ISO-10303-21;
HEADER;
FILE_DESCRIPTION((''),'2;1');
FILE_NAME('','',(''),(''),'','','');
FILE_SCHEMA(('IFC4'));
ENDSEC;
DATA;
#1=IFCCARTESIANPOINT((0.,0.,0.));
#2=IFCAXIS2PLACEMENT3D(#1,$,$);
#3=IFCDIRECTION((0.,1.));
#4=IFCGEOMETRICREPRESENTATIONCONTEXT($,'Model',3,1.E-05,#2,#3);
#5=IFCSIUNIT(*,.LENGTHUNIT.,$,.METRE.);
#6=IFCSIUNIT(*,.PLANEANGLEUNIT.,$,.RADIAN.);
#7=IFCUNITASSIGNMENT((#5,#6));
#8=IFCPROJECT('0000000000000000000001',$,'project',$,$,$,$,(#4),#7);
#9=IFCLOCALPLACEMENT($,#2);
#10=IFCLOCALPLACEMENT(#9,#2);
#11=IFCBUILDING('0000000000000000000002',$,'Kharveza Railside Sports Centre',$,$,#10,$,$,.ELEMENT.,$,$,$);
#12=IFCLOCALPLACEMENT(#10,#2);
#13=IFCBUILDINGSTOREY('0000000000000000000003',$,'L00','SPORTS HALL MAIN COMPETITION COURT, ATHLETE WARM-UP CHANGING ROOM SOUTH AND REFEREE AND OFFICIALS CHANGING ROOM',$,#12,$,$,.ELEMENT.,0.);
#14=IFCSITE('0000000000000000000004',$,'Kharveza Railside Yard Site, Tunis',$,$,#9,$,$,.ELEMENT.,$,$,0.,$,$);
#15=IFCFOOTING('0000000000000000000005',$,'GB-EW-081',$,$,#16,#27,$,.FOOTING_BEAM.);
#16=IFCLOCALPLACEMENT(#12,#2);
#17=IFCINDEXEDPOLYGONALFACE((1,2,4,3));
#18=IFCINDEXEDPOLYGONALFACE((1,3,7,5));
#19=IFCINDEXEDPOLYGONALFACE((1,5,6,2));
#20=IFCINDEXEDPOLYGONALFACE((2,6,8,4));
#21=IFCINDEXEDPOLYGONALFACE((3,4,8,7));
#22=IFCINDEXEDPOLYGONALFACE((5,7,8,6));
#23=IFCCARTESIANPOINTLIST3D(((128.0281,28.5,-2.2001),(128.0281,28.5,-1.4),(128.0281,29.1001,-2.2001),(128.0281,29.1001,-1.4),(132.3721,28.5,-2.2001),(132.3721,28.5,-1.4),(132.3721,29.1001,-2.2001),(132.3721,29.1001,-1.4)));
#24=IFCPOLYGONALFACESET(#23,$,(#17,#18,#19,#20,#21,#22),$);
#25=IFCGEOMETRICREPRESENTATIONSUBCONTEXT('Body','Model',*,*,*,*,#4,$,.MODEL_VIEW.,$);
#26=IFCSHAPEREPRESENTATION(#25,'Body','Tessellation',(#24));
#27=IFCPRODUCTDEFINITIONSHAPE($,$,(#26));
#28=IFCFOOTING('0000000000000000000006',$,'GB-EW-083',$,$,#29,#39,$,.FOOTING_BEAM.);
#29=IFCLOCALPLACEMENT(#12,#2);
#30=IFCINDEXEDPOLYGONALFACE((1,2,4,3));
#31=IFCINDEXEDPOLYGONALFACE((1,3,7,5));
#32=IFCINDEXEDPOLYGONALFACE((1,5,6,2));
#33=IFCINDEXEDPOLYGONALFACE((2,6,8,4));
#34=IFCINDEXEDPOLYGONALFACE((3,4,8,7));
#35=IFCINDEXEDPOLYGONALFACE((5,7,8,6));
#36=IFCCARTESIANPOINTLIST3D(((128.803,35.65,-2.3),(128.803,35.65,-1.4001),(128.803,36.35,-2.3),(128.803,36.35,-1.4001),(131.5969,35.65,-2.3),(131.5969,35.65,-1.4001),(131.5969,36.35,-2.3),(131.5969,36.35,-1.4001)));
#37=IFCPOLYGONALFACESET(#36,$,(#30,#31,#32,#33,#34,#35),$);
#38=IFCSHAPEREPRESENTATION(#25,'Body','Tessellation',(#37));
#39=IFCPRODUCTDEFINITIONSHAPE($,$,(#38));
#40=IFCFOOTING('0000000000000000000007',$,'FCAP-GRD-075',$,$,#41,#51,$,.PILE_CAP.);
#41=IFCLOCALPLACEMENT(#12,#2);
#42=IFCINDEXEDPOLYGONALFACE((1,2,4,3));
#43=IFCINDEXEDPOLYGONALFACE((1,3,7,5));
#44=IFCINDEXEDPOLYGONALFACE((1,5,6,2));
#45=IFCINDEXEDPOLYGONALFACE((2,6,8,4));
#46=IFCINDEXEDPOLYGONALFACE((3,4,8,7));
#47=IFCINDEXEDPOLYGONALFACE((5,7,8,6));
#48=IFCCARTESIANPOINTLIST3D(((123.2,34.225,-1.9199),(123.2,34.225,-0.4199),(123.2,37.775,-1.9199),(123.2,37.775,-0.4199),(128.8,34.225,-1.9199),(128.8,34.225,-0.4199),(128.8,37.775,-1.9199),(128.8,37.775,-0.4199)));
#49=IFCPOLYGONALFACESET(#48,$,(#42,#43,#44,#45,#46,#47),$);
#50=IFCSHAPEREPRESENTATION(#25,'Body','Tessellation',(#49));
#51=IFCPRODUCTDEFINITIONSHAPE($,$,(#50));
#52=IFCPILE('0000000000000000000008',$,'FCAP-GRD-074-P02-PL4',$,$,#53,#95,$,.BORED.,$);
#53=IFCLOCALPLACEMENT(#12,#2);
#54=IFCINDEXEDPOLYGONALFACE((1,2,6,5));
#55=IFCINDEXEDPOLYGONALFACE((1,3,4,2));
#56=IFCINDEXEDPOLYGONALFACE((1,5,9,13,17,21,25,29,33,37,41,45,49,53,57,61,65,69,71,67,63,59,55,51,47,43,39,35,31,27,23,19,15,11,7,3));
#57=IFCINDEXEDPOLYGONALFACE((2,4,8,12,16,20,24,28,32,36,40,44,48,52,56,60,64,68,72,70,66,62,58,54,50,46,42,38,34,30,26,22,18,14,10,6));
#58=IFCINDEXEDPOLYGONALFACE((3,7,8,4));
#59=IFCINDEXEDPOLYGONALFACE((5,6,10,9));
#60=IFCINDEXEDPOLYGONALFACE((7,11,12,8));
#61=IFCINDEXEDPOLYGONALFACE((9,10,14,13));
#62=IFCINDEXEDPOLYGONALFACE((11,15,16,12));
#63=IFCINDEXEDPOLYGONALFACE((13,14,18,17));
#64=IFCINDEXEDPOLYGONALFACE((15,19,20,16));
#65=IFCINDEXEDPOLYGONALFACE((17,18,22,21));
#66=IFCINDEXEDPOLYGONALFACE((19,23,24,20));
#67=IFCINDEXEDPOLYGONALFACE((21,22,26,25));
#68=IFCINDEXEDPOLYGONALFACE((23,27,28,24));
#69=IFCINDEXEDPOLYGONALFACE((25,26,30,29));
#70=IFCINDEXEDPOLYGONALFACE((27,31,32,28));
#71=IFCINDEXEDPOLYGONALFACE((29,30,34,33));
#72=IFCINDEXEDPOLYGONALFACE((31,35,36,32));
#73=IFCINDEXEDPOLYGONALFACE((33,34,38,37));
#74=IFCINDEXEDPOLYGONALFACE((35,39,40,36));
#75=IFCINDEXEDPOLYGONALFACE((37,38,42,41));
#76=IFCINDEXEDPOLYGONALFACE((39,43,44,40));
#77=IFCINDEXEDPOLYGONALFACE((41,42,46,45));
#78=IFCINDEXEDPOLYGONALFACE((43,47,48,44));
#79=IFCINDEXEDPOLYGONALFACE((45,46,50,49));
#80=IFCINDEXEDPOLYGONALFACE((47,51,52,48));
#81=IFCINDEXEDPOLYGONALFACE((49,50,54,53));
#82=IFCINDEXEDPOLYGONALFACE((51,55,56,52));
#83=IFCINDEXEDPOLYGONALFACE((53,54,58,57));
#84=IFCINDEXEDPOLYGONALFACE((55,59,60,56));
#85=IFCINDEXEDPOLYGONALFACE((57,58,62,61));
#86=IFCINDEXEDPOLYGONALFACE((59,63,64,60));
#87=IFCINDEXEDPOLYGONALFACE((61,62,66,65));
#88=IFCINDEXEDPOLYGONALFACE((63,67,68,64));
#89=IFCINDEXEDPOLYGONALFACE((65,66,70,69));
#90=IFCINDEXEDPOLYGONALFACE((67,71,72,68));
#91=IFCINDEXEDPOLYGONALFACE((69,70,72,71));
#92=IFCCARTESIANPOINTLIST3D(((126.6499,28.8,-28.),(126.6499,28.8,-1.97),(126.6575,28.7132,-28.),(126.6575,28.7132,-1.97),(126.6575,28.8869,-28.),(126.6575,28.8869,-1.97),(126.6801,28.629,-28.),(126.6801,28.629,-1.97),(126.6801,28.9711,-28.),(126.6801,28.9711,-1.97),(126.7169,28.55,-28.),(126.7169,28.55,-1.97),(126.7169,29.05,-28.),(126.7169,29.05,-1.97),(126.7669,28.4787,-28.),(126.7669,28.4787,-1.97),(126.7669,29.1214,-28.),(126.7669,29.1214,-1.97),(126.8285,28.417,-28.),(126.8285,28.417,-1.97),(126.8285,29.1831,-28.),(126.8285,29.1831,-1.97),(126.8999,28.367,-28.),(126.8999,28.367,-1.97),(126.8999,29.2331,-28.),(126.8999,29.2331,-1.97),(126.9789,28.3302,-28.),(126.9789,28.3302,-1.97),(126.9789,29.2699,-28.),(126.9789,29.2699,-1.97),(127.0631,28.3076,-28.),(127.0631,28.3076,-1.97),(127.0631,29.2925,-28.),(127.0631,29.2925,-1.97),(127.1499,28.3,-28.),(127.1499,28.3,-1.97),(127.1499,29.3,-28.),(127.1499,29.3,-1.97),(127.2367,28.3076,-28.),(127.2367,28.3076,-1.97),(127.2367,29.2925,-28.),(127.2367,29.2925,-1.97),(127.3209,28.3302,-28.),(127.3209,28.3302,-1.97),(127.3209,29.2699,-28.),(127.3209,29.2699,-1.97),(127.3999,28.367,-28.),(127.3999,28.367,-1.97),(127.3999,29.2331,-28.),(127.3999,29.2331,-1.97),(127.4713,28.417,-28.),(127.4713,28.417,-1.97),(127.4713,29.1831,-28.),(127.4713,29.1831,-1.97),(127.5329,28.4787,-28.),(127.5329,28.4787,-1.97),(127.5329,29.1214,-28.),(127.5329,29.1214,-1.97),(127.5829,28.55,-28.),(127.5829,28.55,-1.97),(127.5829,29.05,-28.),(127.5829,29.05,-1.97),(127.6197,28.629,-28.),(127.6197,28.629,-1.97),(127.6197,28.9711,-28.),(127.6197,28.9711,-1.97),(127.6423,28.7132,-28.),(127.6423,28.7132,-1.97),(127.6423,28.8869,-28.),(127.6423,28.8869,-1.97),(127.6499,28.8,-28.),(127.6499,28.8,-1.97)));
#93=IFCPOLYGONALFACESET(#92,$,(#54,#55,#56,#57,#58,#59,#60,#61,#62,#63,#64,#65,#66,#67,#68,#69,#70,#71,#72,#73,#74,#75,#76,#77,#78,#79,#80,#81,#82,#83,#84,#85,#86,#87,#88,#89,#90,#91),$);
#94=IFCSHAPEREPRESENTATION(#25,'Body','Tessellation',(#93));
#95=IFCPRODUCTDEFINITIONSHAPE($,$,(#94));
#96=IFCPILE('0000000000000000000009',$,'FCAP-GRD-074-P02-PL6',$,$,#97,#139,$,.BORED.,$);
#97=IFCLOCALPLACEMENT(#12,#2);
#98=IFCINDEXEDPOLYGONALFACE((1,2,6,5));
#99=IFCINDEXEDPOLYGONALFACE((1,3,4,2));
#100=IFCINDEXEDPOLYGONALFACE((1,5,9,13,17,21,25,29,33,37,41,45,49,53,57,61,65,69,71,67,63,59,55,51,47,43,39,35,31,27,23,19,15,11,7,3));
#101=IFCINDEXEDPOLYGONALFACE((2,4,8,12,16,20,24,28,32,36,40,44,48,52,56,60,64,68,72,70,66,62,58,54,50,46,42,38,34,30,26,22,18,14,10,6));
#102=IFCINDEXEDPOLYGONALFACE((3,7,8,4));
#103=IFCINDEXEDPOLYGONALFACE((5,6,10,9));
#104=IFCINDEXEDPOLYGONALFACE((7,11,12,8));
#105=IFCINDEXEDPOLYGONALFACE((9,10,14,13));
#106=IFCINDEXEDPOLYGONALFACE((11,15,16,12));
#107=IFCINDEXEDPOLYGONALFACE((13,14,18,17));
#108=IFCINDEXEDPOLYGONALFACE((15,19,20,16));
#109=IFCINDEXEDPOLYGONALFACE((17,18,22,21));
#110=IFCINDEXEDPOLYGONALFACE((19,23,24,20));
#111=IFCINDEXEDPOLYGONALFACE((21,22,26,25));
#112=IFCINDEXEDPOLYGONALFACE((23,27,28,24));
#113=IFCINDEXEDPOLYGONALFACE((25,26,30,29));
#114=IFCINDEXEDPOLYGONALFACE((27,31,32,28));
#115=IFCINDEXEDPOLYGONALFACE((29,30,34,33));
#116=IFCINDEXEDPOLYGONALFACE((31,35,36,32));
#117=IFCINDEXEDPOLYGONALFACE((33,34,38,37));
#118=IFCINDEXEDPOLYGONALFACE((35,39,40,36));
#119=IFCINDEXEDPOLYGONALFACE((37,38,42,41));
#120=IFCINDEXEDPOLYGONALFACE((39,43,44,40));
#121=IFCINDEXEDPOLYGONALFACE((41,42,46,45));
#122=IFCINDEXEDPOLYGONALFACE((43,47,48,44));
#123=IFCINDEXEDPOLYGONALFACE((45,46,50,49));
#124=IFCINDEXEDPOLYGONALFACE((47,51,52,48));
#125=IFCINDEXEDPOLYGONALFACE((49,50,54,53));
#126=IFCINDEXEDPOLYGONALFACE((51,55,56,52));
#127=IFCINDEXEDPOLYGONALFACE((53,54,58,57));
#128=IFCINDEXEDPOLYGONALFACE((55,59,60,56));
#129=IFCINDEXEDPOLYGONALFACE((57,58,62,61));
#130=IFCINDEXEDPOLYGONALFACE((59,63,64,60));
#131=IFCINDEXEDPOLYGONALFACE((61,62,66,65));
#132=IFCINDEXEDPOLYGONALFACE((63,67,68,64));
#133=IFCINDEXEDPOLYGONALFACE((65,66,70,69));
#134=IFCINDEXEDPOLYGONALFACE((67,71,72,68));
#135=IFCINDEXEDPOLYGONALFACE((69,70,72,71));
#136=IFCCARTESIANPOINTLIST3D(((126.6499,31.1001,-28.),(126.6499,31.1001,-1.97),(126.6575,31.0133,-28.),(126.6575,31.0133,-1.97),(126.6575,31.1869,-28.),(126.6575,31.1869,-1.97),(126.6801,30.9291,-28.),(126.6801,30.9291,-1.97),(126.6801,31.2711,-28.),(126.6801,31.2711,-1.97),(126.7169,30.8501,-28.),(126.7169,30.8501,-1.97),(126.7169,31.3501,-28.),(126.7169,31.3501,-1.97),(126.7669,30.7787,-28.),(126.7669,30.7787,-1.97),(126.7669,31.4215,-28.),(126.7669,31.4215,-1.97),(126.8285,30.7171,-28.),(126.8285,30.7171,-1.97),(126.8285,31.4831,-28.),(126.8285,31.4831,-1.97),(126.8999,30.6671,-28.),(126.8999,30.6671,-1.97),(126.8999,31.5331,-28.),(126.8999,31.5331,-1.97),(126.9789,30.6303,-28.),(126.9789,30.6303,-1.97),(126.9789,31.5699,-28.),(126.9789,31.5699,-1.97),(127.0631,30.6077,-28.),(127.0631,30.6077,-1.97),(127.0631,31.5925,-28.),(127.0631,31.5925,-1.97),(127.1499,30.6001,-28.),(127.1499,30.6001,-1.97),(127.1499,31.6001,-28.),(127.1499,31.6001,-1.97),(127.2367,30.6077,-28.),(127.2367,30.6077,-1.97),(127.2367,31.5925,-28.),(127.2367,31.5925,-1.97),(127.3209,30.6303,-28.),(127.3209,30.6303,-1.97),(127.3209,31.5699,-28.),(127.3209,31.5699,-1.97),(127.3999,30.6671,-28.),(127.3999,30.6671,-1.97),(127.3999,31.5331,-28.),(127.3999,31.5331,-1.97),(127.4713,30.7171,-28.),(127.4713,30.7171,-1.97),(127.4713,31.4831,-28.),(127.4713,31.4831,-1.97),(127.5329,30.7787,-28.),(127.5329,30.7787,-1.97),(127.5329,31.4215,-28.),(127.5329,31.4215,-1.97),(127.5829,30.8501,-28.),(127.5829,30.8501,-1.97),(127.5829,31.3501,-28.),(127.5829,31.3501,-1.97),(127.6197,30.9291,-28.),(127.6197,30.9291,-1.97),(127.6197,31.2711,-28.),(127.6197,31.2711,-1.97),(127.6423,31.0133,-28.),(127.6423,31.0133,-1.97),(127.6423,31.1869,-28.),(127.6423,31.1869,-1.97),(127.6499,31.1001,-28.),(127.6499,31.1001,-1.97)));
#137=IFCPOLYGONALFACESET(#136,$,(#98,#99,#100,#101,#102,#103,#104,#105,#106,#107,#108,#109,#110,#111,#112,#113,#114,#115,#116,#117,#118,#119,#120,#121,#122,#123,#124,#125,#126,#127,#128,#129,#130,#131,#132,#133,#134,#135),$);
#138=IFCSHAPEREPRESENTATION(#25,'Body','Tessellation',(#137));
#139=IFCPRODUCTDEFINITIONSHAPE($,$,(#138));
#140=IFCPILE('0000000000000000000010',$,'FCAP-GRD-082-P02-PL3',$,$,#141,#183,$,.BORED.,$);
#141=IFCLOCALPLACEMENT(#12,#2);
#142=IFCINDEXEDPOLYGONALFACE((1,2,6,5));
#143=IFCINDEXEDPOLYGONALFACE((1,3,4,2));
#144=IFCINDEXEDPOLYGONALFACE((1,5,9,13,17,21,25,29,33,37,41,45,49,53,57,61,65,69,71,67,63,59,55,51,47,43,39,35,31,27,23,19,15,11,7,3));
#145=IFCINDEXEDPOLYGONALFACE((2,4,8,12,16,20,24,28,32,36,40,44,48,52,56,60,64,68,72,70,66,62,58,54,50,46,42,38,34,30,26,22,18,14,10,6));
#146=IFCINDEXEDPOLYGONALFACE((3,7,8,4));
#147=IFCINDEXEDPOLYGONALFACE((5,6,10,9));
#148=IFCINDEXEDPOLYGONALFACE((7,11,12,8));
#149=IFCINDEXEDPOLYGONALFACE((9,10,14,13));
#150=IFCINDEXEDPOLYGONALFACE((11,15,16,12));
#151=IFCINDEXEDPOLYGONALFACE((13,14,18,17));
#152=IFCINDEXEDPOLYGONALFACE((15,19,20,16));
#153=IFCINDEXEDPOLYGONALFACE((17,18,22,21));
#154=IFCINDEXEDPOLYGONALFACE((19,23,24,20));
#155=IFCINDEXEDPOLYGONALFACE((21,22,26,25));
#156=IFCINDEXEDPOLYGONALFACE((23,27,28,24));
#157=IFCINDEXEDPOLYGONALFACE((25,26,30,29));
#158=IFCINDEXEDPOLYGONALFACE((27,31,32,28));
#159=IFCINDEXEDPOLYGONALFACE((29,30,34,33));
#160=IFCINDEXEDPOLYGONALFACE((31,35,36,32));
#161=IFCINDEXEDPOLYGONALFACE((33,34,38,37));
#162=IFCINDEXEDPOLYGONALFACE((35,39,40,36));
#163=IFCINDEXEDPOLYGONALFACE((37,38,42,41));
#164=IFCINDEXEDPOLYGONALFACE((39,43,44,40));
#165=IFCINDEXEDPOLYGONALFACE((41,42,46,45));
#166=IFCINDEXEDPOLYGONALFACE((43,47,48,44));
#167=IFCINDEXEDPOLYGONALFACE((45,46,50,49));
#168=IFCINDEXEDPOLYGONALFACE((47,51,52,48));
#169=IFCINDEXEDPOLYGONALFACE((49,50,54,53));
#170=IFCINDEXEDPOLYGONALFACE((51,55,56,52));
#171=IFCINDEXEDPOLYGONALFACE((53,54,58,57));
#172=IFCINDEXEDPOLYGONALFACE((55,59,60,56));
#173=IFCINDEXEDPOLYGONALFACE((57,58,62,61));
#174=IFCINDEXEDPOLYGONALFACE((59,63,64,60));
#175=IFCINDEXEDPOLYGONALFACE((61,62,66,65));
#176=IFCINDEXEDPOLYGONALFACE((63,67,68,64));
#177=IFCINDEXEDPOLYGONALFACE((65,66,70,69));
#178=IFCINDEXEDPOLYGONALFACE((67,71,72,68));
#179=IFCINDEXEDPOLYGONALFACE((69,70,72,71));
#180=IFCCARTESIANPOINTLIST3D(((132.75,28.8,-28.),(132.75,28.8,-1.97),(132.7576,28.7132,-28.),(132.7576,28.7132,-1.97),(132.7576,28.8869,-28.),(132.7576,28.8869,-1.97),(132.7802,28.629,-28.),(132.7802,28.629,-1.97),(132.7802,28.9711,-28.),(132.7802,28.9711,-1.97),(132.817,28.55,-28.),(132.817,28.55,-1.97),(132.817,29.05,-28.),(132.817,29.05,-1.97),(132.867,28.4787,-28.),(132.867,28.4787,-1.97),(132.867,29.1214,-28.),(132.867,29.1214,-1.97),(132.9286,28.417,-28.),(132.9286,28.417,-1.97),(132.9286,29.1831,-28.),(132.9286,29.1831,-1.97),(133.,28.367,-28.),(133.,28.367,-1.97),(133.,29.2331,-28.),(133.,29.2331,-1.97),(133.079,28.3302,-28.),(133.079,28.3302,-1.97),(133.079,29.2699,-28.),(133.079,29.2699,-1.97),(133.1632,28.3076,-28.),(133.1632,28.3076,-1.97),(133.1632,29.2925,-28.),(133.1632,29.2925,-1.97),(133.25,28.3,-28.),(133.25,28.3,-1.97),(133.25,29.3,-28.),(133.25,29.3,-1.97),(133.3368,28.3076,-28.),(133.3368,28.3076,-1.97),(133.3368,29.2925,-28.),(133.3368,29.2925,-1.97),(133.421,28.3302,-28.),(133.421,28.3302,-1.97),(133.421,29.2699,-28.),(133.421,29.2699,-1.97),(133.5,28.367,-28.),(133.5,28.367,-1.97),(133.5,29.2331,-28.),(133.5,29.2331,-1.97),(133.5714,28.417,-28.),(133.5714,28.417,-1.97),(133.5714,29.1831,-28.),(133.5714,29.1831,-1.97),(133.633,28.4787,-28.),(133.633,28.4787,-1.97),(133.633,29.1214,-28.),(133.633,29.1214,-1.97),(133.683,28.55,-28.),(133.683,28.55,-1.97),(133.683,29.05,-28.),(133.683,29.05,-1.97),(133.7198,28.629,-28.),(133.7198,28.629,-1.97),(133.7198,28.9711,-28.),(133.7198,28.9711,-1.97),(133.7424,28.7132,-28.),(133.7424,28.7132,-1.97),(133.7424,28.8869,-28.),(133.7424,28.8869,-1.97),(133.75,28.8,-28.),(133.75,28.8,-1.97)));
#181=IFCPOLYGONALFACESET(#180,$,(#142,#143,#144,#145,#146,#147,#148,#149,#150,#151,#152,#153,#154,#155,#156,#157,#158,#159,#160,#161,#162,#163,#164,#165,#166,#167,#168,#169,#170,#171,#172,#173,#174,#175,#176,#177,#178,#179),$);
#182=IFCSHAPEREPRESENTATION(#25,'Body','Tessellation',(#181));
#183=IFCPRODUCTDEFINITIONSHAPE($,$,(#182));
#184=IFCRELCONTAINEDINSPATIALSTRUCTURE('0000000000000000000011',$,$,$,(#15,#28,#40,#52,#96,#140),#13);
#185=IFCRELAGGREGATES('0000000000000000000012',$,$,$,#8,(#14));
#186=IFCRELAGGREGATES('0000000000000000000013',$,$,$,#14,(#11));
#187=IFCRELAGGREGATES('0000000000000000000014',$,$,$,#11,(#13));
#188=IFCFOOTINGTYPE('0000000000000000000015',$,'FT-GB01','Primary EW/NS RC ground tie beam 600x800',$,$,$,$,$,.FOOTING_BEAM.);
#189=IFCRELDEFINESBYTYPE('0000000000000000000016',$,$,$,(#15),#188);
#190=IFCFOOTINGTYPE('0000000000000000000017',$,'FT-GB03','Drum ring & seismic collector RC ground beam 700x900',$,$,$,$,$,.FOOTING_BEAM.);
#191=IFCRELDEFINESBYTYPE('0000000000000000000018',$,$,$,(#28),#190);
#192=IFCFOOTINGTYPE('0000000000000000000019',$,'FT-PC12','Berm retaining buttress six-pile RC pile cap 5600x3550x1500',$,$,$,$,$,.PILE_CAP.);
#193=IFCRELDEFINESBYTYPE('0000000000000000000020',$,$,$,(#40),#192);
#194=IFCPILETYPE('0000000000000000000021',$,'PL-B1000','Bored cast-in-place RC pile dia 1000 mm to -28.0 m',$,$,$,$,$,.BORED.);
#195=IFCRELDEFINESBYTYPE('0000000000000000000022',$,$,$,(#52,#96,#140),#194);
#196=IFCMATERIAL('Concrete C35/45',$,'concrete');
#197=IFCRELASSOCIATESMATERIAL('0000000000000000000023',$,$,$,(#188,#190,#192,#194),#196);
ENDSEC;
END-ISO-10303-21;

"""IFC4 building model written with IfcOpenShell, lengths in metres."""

from ifc_helpers import new_model, si_unit, direction, frame, origin, origin_2d, place, context, subcontext, project, spatial, rectangle, circle, extrude, material, material_profile, profile_set, type_object, element, save


model = new_model("IFC4")

# Units and contexts
model_context = context("Model", 3, precision=1e-05, world=origin(), true_north=direction((0.0, 1.0)))
body_context = subcontext(model_context, "Body", "Model", "MODEL_VIEW")
ifc_project = project(units=[si_unit("LENGTHUNIT", "METRE"), si_unit("PLANEANGLEUNIT", "RADIAN")], contexts=[model_context])

# Site, building, storey
site_placement = place(None, origin())
site = spatial("IfcSite", under=ifc_project, at=site_placement, Name="Kharveza Railside Yard Site, Tunis", CompositionType="ELEMENT", RefElevation=0.0)
building_placement = place(site_placement, origin())
building = spatial("IfcBuilding", under=site, at=building_placement, Name="Kharveza Railside Sports Centre", CompositionType="ELEMENT")
storey_placement = place(building_placement, origin())
storey = spatial("IfcBuildingStorey", under=building, at=storey_placement, Name="L00", Description="SPORTS HALL MAIN COMPETITION COURT, ATHLETE WARM-UP CHANGING ROOM SOUTH AND REFEREE AND OFFICIALS CHANGING ROOM", CompositionType="ELEMENT", Elevation=0.0)

# Footings
ifc_material_1 = material(Name="Concrete C35/45", Category="concrete")
ifc_material_profile_1 = material_profile(ifc_material_1, rectangle(XDim=0.6001, YDim=0.8, at=origin_2d()), Name="GB 600x800")
ifc_profile_set_1 = profile_set([ifc_material_profile_1], Name="Concrete C35/45")
footing_type_1 = type_object("IfcFootingType", Name="FT-GB01", Description="Primary EW/NS RC ground tie beam 600x800", PredefinedType="FOOTING_BEAM", material=ifc_profile_set_1)
footing_1_placement = place(storey_placement, frame((128.0281, 28.8, -1.8), z_axis=(1.0, 0.0, 0.0), x_axis=(0.0, 1.0, 0.0)))
element("IfcFooting", 1, at=footing_1_placement, inside=storey, type_object=footing_type_1, Name="GB-EW-081", PredefinedType="FOOTING_BEAM", context=body_context, shape_type="SweptSolid", body=[
    extrude(rectangle(XDim=0.6001, YDim=0.8, at=origin_2d()), origin(), (0.0, 0.0, 1.0), 4.344),
])
ifc_material_profile_2 = material_profile(ifc_material_1, rectangle(XDim=0.7, YDim=0.8999, at=origin_2d()), Name="GB 700x900")
ifc_profile_set_2 = profile_set([ifc_material_profile_2], Name="Concrete C35/45")
footing_type_2 = type_object("IfcFootingType", Name="FT-GB03", Description="Drum ring & seismic collector RC ground beam 700x900", PredefinedType="FOOTING_BEAM", material=ifc_profile_set_2)
footing_2_placement = place(storey_placement, frame((128.803, 36.0, -1.8501), z_axis=(1.0, 0.0, 0.0), x_axis=(0.0, 1.0, 0.0)))
element("IfcFooting", 2, at=footing_2_placement, inside=storey, type_object=footing_type_2, Name="GB-EW-083", PredefinedType="FOOTING_BEAM", context=body_context, shape_type="SweptSolid", body=[
    extrude(rectangle(XDim=0.7, YDim=0.8999, at=origin_2d()), origin(), (0.0, 0.0, 1.0), 2.7939),
])
footing_type_3 = type_object("IfcFootingType", Name="FT-PC12", Description="Berm retaining buttress six-pile RC pile cap 5600x3550x1500", PredefinedType="PILE_CAP", material=ifc_material_1)
footing_3_placement = place(storey_placement, frame((126.0, 36.0, -1.9199), z_axis=(0.0, 0.0, 1.0), x_axis=(1.0, 0.0, 0.0)))
element("IfcFooting", 3, at=footing_3_placement, inside=storey, type_object=footing_type_3, Name="FCAP-GRD-075", PredefinedType="PILE_CAP", context=body_context, shape_type="SweptSolid", body=[
    extrude(rectangle(XDim=5.6001, YDim=3.55, at=origin_2d()), origin(), (0.0, 0.0, 1.0), 1.5),
])

# Piles
ifc_material_profile_3 = material_profile(ifc_material_1, circle(Radius=0.5, at=origin_2d()), Name="PILE D1000")
ifc_profile_set_3 = profile_set([ifc_material_profile_3], Name="Concrete C35/45")
pile_type_1 = type_object("IfcPileType", Name="PL-B1000", Description="Bored cast-in-place RC pile dia 1000 mm to -28.0 m", PredefinedType="BORED", material=ifc_profile_set_3)
for number, where, z_axis, x_axis, name in (
    (4, (127.1499, 28.8, -1.97), (0.0, 0.0, -1.0), (1.0, 0.0, 0.0), "FCAP-GRD-074-P02-PL4"),
    (5, (127.1499, 31.1001, -1.97), (0.0, 0.0, -1.0), (1.0, 0.0, 0.0), "FCAP-GRD-074-P02-PL6"),
    (6, (133.25, 28.8, -1.97), (0.0, 0.0, -1.0), (1.0, 0.0, 0.0), "FCAP-GRD-082-P02-PL3"),
):
    element("IfcPile", number, at=place(storey_placement, frame(where, z_axis=z_axis, x_axis=x_axis)), inside=storey, type_object=pile_type_1, Name=name, PredefinedType="BORED", context=body_context, shape_type="SweptSolid", body=[
        extrude(circle(Radius=0.5, at=origin_2d()), origin(), (0.0, 0.0, 1.0), 26.03),
    ])

save(model, "model.ifc")
